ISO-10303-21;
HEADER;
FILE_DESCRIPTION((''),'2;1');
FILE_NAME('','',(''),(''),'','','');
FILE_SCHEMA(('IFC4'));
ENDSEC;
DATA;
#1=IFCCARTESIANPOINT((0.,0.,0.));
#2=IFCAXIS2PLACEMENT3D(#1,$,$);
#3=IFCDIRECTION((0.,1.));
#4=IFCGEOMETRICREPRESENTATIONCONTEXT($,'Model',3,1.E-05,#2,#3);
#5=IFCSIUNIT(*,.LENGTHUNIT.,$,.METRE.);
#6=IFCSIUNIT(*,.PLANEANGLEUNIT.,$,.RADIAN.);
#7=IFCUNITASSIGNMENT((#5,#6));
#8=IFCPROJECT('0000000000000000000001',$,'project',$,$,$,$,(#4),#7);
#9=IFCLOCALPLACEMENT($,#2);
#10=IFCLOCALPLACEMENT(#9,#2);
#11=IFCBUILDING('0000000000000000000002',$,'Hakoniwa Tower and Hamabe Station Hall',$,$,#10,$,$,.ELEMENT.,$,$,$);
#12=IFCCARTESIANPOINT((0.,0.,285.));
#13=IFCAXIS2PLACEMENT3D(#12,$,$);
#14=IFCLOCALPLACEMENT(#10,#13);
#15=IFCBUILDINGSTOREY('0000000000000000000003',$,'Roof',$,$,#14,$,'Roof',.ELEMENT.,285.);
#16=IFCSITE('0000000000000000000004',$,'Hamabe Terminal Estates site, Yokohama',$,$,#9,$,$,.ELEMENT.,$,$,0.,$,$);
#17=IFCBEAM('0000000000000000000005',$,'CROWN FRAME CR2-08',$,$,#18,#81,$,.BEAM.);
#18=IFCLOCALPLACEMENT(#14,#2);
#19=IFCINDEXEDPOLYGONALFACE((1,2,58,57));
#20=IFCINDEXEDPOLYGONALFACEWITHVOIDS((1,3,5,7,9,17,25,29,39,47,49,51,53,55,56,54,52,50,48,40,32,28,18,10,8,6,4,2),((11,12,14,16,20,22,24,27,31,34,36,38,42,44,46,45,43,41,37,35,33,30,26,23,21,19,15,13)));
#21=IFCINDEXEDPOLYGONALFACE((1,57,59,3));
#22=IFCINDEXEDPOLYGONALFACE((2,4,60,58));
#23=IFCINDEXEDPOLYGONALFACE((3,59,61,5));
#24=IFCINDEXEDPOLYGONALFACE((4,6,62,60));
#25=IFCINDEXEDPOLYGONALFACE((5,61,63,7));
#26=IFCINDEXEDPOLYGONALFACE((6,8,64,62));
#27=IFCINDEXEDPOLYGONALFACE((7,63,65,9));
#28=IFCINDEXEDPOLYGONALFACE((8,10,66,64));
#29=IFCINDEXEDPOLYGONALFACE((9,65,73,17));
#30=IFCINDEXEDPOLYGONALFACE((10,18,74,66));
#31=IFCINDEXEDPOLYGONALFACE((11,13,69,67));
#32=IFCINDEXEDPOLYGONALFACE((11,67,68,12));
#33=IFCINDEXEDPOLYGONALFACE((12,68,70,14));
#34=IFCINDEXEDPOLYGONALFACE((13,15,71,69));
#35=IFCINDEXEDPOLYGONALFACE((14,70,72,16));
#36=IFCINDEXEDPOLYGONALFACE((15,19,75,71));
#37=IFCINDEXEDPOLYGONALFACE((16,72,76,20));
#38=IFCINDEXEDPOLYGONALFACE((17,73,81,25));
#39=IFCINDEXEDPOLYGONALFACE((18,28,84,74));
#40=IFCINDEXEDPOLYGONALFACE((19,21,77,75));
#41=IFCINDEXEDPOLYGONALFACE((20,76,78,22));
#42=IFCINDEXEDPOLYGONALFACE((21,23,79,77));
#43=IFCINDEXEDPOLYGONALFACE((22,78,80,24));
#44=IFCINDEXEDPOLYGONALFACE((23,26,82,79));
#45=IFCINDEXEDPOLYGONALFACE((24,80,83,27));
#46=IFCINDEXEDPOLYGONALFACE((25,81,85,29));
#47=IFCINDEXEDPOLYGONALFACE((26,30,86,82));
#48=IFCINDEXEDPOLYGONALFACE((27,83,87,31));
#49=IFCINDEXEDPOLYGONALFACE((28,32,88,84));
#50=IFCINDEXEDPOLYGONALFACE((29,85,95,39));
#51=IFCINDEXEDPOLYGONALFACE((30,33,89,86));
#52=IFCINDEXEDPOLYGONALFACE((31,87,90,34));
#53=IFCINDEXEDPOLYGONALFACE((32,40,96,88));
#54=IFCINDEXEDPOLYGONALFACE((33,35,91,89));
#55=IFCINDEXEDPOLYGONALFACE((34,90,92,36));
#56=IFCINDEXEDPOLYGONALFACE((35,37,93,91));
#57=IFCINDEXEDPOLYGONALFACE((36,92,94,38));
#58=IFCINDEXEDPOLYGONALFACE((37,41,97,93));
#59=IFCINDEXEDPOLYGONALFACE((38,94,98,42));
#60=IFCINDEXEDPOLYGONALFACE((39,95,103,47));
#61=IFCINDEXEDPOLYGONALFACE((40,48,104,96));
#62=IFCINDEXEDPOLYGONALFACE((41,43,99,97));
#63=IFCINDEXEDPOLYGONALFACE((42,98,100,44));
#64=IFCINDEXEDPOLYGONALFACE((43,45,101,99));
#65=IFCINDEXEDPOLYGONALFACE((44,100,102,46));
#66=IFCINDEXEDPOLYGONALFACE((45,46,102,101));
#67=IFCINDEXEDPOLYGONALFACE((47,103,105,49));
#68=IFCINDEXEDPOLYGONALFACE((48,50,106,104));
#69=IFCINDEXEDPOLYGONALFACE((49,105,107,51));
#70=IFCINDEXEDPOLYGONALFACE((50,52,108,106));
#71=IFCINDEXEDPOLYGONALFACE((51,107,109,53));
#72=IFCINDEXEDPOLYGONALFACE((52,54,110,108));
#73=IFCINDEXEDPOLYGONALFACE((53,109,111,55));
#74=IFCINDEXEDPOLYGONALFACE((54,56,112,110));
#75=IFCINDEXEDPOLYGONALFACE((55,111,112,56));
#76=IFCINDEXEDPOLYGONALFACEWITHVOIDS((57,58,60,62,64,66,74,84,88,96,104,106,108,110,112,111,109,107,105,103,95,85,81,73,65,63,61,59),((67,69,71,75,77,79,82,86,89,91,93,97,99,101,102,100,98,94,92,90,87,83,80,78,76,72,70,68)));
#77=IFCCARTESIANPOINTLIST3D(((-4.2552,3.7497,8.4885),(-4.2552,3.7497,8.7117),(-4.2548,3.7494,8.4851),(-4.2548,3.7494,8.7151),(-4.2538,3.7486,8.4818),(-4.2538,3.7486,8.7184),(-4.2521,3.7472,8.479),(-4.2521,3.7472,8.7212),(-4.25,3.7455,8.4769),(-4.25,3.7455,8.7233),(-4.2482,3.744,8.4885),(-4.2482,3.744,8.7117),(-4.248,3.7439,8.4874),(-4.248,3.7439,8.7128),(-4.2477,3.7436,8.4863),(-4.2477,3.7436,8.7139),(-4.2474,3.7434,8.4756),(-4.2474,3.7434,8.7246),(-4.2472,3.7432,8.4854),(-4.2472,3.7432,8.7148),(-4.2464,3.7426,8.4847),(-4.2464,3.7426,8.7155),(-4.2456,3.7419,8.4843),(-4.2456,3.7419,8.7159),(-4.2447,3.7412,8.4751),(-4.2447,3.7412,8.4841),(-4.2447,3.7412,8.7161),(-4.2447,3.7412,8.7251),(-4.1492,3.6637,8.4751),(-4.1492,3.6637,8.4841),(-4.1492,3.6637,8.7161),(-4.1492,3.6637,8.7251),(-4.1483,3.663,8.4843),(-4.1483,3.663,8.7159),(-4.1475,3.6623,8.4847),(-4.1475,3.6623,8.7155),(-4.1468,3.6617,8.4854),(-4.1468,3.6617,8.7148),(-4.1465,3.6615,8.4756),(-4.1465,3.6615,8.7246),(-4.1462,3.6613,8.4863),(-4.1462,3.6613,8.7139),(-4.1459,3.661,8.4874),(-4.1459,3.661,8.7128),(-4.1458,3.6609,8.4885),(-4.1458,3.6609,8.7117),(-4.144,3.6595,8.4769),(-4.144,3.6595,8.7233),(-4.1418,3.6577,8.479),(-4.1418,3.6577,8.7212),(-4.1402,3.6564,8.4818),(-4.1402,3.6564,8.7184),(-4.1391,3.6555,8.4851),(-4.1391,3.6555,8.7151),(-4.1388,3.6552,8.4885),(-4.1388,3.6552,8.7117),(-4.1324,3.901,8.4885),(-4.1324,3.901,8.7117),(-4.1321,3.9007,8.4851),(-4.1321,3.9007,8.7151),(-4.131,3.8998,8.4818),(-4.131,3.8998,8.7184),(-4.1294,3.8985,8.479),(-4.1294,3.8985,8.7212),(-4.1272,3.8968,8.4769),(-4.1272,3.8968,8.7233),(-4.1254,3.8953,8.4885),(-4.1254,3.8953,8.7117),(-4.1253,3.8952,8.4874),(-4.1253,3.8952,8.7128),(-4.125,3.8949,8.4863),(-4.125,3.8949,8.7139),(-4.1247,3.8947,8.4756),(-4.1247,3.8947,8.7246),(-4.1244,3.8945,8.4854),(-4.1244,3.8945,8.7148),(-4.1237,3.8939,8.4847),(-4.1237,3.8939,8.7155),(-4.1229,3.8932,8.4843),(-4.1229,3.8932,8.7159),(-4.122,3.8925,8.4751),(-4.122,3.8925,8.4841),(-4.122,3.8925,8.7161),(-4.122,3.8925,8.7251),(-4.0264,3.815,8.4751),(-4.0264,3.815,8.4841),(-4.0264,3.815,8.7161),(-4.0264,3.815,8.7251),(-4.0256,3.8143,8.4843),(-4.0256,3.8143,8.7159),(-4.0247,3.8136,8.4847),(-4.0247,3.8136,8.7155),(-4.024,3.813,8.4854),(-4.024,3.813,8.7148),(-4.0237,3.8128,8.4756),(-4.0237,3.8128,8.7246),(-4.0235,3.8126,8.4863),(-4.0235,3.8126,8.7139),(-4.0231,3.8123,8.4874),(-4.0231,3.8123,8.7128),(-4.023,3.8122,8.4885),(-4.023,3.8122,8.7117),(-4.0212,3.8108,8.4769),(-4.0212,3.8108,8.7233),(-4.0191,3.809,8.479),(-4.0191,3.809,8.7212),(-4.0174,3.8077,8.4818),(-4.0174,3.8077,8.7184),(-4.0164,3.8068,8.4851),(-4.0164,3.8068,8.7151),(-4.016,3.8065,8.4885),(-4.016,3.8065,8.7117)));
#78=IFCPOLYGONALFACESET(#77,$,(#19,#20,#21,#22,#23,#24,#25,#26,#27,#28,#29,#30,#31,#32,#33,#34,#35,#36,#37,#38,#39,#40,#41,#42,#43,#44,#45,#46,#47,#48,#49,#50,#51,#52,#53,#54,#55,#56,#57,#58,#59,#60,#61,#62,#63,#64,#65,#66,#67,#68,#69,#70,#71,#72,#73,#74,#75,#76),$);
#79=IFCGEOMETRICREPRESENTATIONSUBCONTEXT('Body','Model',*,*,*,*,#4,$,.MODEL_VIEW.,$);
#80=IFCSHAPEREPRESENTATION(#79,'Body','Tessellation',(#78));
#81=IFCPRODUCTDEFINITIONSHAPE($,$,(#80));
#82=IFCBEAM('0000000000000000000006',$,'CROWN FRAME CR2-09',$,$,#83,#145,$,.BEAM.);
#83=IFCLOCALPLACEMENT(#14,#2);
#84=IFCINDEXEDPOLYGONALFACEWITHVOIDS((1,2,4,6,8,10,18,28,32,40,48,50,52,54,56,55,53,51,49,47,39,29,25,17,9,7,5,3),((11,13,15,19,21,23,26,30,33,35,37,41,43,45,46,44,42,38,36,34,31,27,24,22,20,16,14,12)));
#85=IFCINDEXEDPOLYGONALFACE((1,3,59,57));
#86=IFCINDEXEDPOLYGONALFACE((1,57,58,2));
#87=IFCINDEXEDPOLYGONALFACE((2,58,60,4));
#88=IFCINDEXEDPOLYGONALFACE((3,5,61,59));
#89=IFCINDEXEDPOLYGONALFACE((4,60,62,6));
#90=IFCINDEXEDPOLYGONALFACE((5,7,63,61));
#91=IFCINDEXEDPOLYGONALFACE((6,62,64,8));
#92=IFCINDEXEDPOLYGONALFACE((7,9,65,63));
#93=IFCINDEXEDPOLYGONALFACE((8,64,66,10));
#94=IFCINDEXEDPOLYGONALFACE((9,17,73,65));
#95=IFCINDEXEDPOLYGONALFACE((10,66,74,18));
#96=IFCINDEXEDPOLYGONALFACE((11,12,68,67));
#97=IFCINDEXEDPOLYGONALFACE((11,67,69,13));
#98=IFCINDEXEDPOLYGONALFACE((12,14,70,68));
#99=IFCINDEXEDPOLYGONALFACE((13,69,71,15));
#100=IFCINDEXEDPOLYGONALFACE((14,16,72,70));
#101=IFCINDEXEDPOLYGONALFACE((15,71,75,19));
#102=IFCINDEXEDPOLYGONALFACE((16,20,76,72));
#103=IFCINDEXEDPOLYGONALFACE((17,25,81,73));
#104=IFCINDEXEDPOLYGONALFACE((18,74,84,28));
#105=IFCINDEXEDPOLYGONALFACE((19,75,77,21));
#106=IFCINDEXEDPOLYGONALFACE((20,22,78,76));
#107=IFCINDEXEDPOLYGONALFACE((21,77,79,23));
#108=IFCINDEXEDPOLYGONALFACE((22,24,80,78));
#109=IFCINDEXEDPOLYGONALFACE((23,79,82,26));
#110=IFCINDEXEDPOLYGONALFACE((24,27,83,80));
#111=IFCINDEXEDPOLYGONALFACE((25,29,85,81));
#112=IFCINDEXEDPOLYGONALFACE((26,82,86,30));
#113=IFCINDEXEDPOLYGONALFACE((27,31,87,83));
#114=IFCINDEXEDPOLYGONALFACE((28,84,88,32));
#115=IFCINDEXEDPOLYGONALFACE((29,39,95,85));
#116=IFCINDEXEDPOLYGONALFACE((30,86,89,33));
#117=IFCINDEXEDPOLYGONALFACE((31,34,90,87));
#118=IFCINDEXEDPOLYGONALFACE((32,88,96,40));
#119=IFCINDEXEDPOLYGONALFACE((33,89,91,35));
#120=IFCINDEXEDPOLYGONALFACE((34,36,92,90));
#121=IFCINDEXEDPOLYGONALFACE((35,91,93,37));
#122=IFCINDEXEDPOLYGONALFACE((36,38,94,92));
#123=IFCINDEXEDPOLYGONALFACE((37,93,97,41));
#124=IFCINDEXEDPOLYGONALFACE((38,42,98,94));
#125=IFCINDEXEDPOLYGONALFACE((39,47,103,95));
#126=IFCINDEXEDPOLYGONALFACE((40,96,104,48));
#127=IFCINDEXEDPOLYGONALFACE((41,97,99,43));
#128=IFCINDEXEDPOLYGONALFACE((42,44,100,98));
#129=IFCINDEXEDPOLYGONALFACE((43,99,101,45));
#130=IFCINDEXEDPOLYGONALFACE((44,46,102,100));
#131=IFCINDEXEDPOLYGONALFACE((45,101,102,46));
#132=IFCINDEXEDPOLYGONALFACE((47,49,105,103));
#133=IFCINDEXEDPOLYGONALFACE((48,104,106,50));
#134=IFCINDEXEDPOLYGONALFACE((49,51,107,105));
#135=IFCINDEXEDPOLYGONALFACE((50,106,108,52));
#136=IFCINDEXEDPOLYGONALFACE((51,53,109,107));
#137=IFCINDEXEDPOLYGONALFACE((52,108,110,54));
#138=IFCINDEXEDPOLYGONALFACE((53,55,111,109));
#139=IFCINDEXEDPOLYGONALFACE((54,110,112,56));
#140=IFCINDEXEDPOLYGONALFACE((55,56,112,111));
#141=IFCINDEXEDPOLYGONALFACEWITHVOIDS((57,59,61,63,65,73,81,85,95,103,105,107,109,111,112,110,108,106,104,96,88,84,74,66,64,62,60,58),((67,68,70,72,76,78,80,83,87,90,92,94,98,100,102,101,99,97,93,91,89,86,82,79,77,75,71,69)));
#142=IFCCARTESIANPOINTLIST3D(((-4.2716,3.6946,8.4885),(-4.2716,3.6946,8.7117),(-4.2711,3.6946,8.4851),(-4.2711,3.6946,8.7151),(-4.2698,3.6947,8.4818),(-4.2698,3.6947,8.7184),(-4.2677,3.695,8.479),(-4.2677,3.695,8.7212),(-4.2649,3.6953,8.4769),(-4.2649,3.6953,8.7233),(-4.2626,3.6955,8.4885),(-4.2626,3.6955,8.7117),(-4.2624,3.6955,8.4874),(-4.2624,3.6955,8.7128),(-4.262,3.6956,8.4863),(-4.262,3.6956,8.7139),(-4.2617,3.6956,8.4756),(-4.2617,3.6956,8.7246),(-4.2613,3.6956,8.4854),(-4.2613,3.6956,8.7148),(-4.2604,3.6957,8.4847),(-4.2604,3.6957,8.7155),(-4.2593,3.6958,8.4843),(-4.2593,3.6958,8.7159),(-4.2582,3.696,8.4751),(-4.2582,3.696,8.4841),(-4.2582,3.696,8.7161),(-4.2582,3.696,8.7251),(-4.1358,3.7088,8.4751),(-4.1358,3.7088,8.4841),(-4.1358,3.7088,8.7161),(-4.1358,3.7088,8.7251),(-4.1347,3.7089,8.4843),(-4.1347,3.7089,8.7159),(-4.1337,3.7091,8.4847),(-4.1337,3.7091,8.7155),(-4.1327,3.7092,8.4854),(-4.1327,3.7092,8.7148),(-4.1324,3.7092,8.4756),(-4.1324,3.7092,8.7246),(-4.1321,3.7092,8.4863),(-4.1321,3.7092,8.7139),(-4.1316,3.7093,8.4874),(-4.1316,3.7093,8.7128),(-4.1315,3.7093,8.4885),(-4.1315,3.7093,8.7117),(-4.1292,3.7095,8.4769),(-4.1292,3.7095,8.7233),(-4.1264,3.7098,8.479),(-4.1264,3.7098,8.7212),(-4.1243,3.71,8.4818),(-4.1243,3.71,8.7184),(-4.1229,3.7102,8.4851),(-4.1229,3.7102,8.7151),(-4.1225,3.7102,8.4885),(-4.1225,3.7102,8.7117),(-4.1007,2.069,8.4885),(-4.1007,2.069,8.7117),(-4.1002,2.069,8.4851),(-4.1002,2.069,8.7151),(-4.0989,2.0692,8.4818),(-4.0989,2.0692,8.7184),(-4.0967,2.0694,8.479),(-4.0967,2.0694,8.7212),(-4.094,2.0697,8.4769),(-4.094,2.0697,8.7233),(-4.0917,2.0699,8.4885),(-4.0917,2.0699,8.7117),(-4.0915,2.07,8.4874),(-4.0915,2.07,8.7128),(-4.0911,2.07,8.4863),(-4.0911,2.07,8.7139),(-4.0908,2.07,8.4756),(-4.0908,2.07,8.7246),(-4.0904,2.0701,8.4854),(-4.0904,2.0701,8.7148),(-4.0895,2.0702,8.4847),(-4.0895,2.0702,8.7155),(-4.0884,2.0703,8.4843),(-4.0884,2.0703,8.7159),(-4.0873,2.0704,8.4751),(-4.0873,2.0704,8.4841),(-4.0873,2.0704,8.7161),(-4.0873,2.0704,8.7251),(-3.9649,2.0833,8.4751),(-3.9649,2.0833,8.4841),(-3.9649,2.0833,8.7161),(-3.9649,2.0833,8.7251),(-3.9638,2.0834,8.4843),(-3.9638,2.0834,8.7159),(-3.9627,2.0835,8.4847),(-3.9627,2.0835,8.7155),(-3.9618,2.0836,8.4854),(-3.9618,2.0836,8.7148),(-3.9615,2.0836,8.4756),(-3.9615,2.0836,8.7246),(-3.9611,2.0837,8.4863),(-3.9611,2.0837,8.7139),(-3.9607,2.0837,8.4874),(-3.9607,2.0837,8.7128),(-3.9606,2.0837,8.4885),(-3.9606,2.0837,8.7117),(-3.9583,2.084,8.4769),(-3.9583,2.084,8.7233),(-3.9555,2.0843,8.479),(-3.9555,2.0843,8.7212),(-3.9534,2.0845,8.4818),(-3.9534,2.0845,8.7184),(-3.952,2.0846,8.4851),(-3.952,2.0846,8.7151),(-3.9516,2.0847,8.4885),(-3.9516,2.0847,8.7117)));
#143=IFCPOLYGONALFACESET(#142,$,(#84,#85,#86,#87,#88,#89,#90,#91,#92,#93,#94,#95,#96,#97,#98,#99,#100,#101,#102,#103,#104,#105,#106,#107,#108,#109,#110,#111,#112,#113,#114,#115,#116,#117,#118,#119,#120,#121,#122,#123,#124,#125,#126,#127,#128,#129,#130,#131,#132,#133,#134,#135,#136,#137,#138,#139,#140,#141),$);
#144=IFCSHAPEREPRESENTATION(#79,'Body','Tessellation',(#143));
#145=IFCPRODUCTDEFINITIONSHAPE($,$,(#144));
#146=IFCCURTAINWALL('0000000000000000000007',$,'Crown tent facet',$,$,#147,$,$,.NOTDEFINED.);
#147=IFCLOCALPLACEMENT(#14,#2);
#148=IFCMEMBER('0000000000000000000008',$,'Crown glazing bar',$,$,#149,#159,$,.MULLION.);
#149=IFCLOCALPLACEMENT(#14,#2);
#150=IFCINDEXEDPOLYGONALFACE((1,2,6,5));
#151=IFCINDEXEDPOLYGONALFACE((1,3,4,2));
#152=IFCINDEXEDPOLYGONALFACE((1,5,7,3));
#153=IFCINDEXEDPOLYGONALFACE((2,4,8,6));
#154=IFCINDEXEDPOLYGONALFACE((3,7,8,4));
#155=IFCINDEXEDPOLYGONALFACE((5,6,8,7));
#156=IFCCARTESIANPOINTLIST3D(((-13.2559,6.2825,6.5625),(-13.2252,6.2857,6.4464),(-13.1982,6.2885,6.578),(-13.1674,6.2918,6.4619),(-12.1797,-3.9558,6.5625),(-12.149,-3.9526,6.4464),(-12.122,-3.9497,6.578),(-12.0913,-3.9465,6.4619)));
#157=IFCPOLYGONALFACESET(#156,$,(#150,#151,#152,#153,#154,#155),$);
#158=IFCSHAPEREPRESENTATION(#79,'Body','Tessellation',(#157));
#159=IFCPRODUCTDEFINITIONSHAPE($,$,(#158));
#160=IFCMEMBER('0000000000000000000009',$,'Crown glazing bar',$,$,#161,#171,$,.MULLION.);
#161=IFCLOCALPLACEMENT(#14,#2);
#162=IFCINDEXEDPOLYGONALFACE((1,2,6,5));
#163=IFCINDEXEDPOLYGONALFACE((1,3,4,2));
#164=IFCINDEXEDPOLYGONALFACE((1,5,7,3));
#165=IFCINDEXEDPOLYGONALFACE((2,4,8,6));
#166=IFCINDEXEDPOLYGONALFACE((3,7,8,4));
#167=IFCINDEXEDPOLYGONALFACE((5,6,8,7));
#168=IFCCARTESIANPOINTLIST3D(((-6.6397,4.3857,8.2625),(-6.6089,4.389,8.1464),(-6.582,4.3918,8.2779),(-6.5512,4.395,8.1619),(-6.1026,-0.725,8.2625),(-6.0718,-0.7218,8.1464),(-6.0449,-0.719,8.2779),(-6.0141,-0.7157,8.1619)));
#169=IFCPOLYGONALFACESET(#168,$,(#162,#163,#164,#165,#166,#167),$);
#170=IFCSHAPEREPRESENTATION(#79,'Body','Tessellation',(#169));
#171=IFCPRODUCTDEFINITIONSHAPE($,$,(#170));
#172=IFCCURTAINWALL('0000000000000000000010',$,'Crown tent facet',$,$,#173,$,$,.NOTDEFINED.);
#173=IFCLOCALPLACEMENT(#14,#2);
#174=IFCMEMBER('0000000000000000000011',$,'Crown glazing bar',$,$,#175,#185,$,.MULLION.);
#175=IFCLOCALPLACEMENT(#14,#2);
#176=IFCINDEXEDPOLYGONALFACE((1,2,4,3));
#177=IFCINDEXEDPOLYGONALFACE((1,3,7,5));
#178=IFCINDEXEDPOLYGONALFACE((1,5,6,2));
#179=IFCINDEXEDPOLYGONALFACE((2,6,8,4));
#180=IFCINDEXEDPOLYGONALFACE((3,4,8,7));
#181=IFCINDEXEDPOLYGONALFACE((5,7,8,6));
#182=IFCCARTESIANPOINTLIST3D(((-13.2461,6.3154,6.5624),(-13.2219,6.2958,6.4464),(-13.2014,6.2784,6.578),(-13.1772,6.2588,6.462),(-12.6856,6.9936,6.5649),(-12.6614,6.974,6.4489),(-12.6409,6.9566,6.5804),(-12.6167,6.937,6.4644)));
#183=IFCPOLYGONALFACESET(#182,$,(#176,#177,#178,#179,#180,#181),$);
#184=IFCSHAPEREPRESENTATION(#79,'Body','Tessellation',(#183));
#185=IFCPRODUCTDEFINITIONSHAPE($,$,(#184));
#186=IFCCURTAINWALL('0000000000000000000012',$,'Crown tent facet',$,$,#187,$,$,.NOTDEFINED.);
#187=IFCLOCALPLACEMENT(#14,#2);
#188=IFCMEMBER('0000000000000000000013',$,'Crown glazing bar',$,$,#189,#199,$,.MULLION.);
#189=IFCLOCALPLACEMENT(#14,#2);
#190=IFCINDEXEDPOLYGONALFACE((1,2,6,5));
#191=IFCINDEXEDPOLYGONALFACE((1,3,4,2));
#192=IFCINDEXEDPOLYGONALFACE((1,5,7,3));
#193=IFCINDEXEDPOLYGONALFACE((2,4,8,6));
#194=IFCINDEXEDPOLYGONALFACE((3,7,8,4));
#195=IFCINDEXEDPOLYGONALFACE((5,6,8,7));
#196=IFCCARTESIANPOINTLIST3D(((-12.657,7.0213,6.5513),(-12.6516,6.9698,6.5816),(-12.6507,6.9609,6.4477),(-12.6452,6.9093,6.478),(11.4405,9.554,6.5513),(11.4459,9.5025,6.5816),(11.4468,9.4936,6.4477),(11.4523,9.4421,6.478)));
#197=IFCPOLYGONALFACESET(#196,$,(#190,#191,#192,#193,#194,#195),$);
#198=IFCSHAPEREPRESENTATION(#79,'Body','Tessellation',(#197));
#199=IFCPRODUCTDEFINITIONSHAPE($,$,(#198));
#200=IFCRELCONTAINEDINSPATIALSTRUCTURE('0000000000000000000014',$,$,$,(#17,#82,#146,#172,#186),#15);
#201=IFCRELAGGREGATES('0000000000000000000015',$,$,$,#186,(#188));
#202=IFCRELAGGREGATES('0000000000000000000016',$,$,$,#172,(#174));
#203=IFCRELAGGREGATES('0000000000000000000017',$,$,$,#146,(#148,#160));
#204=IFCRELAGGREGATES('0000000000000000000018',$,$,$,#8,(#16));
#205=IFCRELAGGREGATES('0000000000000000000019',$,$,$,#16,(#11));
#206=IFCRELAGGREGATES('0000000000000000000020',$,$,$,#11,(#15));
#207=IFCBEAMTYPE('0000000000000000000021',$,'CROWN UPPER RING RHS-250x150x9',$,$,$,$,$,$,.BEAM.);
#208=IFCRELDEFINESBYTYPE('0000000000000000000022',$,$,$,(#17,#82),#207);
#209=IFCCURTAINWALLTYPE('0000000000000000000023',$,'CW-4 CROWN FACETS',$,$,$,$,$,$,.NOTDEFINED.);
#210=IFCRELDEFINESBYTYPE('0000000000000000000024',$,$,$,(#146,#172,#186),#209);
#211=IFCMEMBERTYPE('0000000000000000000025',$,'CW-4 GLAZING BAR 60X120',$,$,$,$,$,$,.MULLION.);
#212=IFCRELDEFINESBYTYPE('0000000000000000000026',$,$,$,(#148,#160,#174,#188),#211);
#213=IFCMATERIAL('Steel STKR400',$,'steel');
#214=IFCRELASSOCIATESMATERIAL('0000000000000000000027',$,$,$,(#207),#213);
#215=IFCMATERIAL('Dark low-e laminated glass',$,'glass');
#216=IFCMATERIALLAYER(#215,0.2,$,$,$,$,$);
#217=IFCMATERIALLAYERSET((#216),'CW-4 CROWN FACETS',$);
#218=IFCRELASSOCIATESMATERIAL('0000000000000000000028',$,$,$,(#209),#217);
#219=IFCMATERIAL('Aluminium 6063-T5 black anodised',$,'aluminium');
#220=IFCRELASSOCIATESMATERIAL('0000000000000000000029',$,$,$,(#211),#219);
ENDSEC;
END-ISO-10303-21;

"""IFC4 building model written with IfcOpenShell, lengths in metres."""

from ifc_helpers import new_model, si_unit, direction, frame, origin, origin_2d, place, context, subcontext, project, spatial, rectangle, hollow_rectangle, extrude, material, layer, layer_set, material_profile, profile_set, type_object, element, aggregate, save


model = new_model("IFC4")

# Units and contexts
model_context = context("Model", 3, precision=1e-05, world=origin(), true_north=direction((0.0, 1.0)))
body_context = subcontext(model_context, "Body", "Model", "MODEL_VIEW")
ifc_project = project(units=[si_unit("LENGTHUNIT", "METRE"), si_unit("PLANEANGLEUNIT", "RADIAN")], contexts=[model_context])

# Site, building, storey
site_placement = place(None, origin())
site = spatial("IfcSite", under=ifc_project, at=site_placement, Name="Hamabe Terminal Estates site, Yokohama", CompositionType="ELEMENT", RefElevation=0.0)
building_placement = place(site_placement, origin())
building = spatial("IfcBuilding", under=site, at=building_placement, Name="Hakoniwa Tower and Hamabe Station Hall", CompositionType="ELEMENT")
storey_placement = place(building_placement, frame((0.0, 0.0, 285.0)))
storey = spatial("IfcBuildingStorey", under=building, at=storey_placement, Name="Roof", LongName="Roof", CompositionType="ELEMENT", Elevation=285.0)

# Beams
ifc_material_1 = material(Name="Steel STKR400", Category="steel")
ifc_material_profile_1 = material_profile(ifc_material_1, hollow_rectangle(XDim=0.1499, YDim=0.25, WallThickness=0.009, InnerFilletRadius=0.0044, OuterFilletRadius=0.0134, at=origin_2d()), Name="RHS-250x150x9")
ifc_profile_set_1 = profile_set([ifc_material_profile_1], Name="Steel STKR400")
beam_type = type_object("IfcBeamType", Name="CROWN UPPER RING RHS-250x150x9", PredefinedType="BEAM", material=ifc_profile_set_1)
beam_1_placement = place(storey_placement, frame((-4.0742, 3.8538, 8.6001), z_axis=(-0.630027, -0.776574, 0.0), x_axis=(0.776574, -0.630027, 0.0)))
element("IfcBeam", 1, at=beam_1_placement, inside=storey, type_object=beam_type, Name="CROWN FRAME CR2-08", PredefinedType="BEAM", context=body_context, shape_type="SweptSolid", body=[
    extrude(hollow_rectangle(XDim=0.1499, YDim=0.25, WallThickness=0.009, InnerFilletRadius=0.0044, OuterFilletRadius=0.0134, at=origin_2d()), origin(), (0.0, 0.0, 1.0), 0.1948),
])
beam_2_placement = place(storey_placement, frame((-4.197, 3.7024, 8.6001), z_axis=(0.10456, -0.994519, 0.0), x_axis=(0.994519, 0.10456, 0.0)))
element("IfcBeam", 2, at=beam_2_placement, inside=storey, type_object=beam_type, Name="CROWN FRAME CR2-09", PredefinedType="BEAM", context=body_context, shape_type="SweptSolid", body=[
    extrude(hollow_rectangle(XDim=0.1499, YDim=0.25, WallThickness=0.009, InnerFilletRadius=0.0044, OuterFilletRadius=0.0134, at=origin_2d()), origin(), (0.0, 0.0, 1.0), 1.6345),
])

# Curtain wall, members
ifc_material_2 = material(Name="Dark low-e laminated glass", Category="glass")
ifc_layer_1 = layer(ifc_material_2, 0.2)
ifc_layer_set_1 = layer_set([ifc_layer_1], Name="CW-4 CROWN FACETS")
curtain_wall_type = type_object("IfcCurtainWallType", Name="CW-4 CROWN FACETS", PredefinedType="NOTDEFINED", material=ifc_layer_set_1)
curtain_wall_1_placement = place(storey_placement, origin())
curtain_wall_1 = element("IfcCurtainWall", 3, at=curtain_wall_1_placement, inside=storey, type_object=curtain_wall_type, Name="Crown tent facet", PredefinedType="NOTDEFINED")
ifc_material_3 = material(Name="Aluminium 6063-T5 black anodised", Category="aluminium")
ifc_material_profile_2 = material_profile(ifc_material_3, rectangle(XDim=0.0601, YDim=0.1201, at=origin_2d()), Name="CW-4 GLAZING BAR 60X120")
ifc_profile_set_2 = profile_set([ifc_material_profile_2], Name="Aluminium 6063-T5 black anodised")
member_type_1 = type_object("IfcMemberType", Name="CW-4 GLAZING BAR 60X120", PredefinedType="MULLION", material=ifc_profile_set_2)
member_1_placement = place(storey_placement, frame((-13.2117, 6.2871, 6.5122), z_axis=(0.104537, -0.994521, 0.0), x_axis=(0.961008, 0.101014, 0.257408)))
member_1 = element("IfcMember", 4, at=member_1_placement, type_object=member_type_1, Name="Crown glazing bar", PredefinedType="MULLION", context=body_context, shape_type="SweptSolid", body=[
    extrude(rectangle(XDim=0.0601, YDim=0.1201, at=origin_2d()), origin(), (0.0, 0.0, 1.0), 10.2947),
])
member_2_placement = place(storey_placement, frame((-6.5955, 4.3904, 8.2122), z_axis=(0.104517, -0.994523, 0.0), x_axis=(0.96101, 0.100995, 0.257408)))
member_2 = element("IfcMember", 5, at=member_2_placement, type_object=member_type_1, Name="Crown glazing bar", PredefinedType="MULLION", context=body_context, shape_type="SweptSolid", body=[
    extrude(rectangle(XDim=0.0601, YDim=0.1201, at=origin_2d()), origin(), (0.0, 0.0, 1.0), 5.1389),
])

# Curtain wall, member
curtain_wall_2_placement = place(storey_placement, origin())
curtain_wall_2 = element("IfcCurtainWall", 6, at=curtain_wall_2_placement, inside=storey, type_object=curtain_wall_type, Name="Crown tent facet", PredefinedType="NOTDEFINED")
member_3_placement = place(storey_placement, frame((-13.2117, 6.2871, 6.5122), z_axis=(0.637065, 0.770805, 0.002775), x_axis=(-0.744016, 0.615858, -0.259152)))
member_3 = element("IfcMember", 7, at=member_3_placement, type_object=member_type_1, Name="Crown glazing bar", PredefinedType="MULLION", context=body_context, shape_type="SweptSolid", body=[
    extrude(rectangle(XDim=0.0601, YDim=0.1201, at=origin_2d()), origin(), (0.0, 0.0, 1.0), 0.8799),
])

# Curtain wall, member
curtain_wall_3_placement = place(storey_placement, origin())
curtain_wall_3 = element("IfcCurtainWall", 8, at=curtain_wall_3_placement, inside=storey, type_object=curtain_wall_type, Name="Crown tent facet", PredefinedType="NOTDEFINED")
member_4_placement = place(storey_placement, frame((-12.6511, 6.9653, 6.5146), z_axis=(0.994522, 0.104527, 0.0), x_axis=(-0.090158, 0.857802, -0.506012)))
member_4 = element("IfcMember", 9, at=member_4_placement, type_object=member_type_1, Name="Crown glazing bar", PredefinedType="MULLION", context=body_context, shape_type="SweptSolid", body=[
    extrude(rectangle(XDim=0.0601, YDim=0.1201, at=origin_2d()), origin(), (0.0, 0.0, 1.0), 24.2302),
])
aggregate(curtain_wall_3, [member_4])

aggregate(curtain_wall_2, [member_3])

aggregate(curtain_wall_1, [member_1, member_2])

save(model, "model.ifc")
